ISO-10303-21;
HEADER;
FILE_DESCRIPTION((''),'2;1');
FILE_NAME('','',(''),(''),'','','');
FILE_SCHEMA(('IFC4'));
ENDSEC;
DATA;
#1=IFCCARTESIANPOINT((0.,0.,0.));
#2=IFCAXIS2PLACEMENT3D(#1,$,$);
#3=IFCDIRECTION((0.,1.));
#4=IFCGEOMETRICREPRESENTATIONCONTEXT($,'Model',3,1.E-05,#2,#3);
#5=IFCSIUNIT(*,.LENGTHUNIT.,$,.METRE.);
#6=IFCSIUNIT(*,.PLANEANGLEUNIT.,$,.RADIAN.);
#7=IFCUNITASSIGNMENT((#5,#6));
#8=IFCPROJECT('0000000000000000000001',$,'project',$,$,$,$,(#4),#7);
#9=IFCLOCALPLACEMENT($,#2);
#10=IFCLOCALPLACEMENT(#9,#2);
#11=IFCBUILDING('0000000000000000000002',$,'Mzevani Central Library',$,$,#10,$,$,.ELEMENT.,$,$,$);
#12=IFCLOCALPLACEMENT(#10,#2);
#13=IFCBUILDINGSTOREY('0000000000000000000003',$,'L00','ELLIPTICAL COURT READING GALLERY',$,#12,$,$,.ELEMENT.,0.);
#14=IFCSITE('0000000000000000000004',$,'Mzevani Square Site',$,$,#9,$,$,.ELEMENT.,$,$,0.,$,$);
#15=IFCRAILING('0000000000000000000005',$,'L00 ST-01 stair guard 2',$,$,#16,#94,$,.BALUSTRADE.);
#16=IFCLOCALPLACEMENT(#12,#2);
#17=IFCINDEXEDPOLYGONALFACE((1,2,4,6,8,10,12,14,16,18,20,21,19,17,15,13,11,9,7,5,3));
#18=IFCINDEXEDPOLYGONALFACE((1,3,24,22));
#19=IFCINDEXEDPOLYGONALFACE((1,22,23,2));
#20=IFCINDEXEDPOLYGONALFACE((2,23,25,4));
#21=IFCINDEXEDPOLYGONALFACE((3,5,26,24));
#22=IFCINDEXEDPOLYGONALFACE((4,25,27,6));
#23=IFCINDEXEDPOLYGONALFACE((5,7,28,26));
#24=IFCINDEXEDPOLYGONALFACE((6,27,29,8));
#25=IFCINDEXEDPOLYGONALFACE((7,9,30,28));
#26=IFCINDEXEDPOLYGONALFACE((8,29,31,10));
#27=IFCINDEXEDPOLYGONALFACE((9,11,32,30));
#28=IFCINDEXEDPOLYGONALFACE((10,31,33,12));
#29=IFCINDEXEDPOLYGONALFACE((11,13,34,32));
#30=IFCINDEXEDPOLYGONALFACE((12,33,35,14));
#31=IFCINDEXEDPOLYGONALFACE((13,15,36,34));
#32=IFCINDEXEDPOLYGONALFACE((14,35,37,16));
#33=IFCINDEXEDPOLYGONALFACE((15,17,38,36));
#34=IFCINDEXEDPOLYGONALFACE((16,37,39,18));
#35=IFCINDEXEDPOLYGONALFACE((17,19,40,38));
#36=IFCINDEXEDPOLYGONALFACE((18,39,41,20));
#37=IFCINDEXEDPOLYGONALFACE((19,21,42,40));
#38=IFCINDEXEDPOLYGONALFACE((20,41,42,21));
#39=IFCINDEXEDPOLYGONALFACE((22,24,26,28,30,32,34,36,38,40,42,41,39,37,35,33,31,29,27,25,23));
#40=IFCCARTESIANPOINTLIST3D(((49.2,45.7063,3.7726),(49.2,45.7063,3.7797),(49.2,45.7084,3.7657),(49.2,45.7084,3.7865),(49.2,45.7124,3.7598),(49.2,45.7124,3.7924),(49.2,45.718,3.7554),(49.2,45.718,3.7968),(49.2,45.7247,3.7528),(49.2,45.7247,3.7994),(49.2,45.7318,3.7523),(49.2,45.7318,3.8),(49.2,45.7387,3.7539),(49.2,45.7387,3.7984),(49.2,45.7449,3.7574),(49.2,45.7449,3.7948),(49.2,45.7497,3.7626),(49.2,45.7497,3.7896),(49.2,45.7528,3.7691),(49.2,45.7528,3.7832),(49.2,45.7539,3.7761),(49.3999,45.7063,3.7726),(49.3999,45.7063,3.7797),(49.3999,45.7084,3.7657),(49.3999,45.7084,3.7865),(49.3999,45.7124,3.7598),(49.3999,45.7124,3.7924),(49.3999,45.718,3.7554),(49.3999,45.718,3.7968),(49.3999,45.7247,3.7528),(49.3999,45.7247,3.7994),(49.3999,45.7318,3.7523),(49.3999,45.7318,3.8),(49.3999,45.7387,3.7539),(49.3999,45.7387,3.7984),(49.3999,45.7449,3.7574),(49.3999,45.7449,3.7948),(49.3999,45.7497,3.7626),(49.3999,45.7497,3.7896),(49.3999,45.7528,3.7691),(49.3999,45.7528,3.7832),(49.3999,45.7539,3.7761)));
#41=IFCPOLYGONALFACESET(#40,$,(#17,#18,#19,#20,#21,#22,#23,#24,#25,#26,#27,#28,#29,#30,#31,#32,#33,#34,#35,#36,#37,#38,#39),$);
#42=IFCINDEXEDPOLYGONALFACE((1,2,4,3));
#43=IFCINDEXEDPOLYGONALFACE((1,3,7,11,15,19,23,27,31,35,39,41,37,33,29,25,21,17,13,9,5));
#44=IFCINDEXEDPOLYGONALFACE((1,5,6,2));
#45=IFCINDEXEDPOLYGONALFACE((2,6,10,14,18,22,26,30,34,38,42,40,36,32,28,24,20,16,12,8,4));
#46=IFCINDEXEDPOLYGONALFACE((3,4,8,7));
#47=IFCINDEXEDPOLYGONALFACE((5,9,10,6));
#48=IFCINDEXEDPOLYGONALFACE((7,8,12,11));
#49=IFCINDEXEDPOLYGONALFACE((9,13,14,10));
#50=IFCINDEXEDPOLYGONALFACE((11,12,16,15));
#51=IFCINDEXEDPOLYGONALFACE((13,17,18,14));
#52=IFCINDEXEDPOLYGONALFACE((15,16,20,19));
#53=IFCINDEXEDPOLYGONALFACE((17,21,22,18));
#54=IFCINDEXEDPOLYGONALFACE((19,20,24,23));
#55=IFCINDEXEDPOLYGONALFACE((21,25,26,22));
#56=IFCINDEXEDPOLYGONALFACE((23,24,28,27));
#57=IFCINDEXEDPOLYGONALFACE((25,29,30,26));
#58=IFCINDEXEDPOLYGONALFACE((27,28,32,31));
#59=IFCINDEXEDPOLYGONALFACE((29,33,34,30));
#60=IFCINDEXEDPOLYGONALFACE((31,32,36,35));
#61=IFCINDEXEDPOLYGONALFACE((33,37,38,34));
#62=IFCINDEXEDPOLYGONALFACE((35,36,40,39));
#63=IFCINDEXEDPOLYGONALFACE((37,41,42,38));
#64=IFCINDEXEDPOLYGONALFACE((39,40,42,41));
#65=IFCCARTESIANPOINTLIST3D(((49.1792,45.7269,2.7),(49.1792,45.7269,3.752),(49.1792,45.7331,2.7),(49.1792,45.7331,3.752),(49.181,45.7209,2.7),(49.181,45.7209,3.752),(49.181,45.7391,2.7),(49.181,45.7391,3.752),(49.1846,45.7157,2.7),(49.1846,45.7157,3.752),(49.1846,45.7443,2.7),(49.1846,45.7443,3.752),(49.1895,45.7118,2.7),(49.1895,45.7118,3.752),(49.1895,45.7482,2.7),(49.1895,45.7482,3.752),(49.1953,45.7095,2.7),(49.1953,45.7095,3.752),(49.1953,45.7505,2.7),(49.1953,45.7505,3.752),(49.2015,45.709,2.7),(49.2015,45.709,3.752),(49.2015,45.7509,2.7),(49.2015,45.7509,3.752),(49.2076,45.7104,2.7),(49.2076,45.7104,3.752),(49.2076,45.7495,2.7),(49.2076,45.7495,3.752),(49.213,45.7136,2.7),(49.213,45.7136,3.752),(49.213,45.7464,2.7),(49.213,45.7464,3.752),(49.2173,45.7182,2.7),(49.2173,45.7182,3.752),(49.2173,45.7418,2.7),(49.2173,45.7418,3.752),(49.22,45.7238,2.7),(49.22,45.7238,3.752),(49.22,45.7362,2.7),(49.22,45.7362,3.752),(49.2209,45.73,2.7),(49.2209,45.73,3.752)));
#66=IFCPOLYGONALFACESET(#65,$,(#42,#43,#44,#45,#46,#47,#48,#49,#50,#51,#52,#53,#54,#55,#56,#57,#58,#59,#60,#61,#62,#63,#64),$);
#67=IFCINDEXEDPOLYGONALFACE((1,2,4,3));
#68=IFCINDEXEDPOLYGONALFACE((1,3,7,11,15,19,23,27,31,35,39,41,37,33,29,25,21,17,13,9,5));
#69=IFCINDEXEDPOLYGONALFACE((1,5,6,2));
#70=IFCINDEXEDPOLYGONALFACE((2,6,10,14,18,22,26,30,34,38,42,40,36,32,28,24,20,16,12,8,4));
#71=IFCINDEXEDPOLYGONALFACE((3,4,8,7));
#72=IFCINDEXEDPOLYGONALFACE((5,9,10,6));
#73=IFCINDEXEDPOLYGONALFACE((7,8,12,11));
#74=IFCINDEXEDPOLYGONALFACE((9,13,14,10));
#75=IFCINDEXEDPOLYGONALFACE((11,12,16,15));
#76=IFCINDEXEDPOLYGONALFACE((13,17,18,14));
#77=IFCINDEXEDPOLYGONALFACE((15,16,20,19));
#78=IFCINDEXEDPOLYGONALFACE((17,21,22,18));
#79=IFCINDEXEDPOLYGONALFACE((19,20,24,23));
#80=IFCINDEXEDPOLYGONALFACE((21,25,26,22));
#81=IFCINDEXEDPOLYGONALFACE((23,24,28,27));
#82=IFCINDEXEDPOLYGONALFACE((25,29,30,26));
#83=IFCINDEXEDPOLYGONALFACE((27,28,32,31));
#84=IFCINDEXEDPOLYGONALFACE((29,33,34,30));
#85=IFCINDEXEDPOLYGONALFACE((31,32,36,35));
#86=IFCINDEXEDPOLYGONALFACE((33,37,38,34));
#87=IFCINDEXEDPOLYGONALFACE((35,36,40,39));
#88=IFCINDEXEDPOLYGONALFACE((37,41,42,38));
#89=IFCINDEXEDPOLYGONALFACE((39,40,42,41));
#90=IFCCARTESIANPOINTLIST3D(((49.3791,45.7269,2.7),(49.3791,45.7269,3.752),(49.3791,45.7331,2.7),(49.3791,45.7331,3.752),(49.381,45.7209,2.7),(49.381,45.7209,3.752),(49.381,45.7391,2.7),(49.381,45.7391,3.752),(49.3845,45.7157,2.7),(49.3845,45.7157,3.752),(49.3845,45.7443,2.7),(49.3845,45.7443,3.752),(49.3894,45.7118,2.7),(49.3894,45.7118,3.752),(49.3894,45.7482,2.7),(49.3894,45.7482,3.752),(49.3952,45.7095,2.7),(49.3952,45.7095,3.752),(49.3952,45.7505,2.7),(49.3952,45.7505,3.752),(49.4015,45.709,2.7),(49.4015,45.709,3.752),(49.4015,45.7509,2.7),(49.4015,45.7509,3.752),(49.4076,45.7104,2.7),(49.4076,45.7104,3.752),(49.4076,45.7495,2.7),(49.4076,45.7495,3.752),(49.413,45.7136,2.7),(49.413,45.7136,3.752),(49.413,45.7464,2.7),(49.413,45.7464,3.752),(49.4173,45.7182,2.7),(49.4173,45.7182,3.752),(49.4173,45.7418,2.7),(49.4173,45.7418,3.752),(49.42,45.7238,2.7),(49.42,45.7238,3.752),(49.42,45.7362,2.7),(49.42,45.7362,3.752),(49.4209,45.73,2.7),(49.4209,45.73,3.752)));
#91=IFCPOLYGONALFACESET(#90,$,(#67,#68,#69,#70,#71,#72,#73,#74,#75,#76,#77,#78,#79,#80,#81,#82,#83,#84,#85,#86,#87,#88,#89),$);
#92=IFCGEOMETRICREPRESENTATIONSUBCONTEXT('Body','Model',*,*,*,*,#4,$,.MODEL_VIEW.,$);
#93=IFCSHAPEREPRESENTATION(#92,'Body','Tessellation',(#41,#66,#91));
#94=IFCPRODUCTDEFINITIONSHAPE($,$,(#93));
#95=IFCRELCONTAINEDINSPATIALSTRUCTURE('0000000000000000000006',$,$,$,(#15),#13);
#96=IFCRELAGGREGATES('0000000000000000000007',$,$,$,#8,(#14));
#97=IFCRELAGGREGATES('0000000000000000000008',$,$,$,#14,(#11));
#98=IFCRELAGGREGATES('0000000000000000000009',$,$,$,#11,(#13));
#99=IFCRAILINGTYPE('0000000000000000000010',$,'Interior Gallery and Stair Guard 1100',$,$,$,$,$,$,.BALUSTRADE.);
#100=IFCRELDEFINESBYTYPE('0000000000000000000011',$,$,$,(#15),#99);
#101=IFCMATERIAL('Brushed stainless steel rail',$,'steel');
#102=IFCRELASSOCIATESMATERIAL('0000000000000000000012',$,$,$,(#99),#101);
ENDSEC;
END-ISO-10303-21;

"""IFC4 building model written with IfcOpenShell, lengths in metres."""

from ifc_helpers import new_model, si_unit, direction, frame, origin, origin_2d, place, context, subcontext, project, spatial, circle, extrude, material, type_object, element, save


model = new_model("IFC4")

# Units and contexts
model_context = context("Model", 3, precision=1e-05, world=origin(), true_north=direction((0.0, 1.0)))
body_context = subcontext(model_context, "Body", "Model", "MODEL_VIEW")
ifc_project = project(units=[si_unit("LENGTHUNIT", "METRE"), si_unit("PLANEANGLEUNIT", "RADIAN")], contexts=[model_context])

# Site, building, storey
site_placement = place(None, origin())
site = spatial("IfcSite", under=ifc_project, at=site_placement, Name="Mzevani Square Site", CompositionType="ELEMENT", RefElevation=0.0)
building_placement = place(site_placement, origin())
building = spatial("IfcBuilding", under=site, at=building_placement, Name="Mzevani Central Library", CompositionType="ELEMENT")
storey_placement = place(building_placement, origin())
storey = spatial("IfcBuildingStorey", under=building, at=storey_placement, Name="L00", Description="ELLIPTICAL COURT READING GALLERY", CompositionType="ELEMENT", Elevation=0.0)

# Railing
ifc_material_1 = material(Name="Brushed stainless steel rail", Category="steel")
railing_type_1 = type_object("IfcRailingType", Name="Interior Gallery and Stair Guard 1100", PredefinedType="BALUSTRADE", material=ifc_material_1)
railing_1_placement = place(storey_placement, frame((49.2, 45.73, 2.7)))
element("IfcRailing", 1, at=railing_1_placement, inside=storey, type_object=railing_type_1, Name="L00 ST-01 stair guard 2", PredefinedType="BALUSTRADE", context=body_context, shape_type="SweptSolid", body=[
    extrude(circle(Radius=0.0239, at=origin_2d()), frame((0.0, 0.0, 1.0762), z_axis=(1.0, 0.0, 0.0), x_axis=(0.0, 1.0, 0.0)), (0.0, 0.0, 1.0), 0.2),
    extrude(circle(Radius=0.021, at=origin_2d()), origin(), (0.0, 0.0, 1.0), 1.052),
    extrude(circle(Radius=0.021, at=origin_2d()), frame((0.2, 0.0, 0.0)), (0.0, 0.0, 1.0), 1.052),
])

save(model, "model.ifc")
